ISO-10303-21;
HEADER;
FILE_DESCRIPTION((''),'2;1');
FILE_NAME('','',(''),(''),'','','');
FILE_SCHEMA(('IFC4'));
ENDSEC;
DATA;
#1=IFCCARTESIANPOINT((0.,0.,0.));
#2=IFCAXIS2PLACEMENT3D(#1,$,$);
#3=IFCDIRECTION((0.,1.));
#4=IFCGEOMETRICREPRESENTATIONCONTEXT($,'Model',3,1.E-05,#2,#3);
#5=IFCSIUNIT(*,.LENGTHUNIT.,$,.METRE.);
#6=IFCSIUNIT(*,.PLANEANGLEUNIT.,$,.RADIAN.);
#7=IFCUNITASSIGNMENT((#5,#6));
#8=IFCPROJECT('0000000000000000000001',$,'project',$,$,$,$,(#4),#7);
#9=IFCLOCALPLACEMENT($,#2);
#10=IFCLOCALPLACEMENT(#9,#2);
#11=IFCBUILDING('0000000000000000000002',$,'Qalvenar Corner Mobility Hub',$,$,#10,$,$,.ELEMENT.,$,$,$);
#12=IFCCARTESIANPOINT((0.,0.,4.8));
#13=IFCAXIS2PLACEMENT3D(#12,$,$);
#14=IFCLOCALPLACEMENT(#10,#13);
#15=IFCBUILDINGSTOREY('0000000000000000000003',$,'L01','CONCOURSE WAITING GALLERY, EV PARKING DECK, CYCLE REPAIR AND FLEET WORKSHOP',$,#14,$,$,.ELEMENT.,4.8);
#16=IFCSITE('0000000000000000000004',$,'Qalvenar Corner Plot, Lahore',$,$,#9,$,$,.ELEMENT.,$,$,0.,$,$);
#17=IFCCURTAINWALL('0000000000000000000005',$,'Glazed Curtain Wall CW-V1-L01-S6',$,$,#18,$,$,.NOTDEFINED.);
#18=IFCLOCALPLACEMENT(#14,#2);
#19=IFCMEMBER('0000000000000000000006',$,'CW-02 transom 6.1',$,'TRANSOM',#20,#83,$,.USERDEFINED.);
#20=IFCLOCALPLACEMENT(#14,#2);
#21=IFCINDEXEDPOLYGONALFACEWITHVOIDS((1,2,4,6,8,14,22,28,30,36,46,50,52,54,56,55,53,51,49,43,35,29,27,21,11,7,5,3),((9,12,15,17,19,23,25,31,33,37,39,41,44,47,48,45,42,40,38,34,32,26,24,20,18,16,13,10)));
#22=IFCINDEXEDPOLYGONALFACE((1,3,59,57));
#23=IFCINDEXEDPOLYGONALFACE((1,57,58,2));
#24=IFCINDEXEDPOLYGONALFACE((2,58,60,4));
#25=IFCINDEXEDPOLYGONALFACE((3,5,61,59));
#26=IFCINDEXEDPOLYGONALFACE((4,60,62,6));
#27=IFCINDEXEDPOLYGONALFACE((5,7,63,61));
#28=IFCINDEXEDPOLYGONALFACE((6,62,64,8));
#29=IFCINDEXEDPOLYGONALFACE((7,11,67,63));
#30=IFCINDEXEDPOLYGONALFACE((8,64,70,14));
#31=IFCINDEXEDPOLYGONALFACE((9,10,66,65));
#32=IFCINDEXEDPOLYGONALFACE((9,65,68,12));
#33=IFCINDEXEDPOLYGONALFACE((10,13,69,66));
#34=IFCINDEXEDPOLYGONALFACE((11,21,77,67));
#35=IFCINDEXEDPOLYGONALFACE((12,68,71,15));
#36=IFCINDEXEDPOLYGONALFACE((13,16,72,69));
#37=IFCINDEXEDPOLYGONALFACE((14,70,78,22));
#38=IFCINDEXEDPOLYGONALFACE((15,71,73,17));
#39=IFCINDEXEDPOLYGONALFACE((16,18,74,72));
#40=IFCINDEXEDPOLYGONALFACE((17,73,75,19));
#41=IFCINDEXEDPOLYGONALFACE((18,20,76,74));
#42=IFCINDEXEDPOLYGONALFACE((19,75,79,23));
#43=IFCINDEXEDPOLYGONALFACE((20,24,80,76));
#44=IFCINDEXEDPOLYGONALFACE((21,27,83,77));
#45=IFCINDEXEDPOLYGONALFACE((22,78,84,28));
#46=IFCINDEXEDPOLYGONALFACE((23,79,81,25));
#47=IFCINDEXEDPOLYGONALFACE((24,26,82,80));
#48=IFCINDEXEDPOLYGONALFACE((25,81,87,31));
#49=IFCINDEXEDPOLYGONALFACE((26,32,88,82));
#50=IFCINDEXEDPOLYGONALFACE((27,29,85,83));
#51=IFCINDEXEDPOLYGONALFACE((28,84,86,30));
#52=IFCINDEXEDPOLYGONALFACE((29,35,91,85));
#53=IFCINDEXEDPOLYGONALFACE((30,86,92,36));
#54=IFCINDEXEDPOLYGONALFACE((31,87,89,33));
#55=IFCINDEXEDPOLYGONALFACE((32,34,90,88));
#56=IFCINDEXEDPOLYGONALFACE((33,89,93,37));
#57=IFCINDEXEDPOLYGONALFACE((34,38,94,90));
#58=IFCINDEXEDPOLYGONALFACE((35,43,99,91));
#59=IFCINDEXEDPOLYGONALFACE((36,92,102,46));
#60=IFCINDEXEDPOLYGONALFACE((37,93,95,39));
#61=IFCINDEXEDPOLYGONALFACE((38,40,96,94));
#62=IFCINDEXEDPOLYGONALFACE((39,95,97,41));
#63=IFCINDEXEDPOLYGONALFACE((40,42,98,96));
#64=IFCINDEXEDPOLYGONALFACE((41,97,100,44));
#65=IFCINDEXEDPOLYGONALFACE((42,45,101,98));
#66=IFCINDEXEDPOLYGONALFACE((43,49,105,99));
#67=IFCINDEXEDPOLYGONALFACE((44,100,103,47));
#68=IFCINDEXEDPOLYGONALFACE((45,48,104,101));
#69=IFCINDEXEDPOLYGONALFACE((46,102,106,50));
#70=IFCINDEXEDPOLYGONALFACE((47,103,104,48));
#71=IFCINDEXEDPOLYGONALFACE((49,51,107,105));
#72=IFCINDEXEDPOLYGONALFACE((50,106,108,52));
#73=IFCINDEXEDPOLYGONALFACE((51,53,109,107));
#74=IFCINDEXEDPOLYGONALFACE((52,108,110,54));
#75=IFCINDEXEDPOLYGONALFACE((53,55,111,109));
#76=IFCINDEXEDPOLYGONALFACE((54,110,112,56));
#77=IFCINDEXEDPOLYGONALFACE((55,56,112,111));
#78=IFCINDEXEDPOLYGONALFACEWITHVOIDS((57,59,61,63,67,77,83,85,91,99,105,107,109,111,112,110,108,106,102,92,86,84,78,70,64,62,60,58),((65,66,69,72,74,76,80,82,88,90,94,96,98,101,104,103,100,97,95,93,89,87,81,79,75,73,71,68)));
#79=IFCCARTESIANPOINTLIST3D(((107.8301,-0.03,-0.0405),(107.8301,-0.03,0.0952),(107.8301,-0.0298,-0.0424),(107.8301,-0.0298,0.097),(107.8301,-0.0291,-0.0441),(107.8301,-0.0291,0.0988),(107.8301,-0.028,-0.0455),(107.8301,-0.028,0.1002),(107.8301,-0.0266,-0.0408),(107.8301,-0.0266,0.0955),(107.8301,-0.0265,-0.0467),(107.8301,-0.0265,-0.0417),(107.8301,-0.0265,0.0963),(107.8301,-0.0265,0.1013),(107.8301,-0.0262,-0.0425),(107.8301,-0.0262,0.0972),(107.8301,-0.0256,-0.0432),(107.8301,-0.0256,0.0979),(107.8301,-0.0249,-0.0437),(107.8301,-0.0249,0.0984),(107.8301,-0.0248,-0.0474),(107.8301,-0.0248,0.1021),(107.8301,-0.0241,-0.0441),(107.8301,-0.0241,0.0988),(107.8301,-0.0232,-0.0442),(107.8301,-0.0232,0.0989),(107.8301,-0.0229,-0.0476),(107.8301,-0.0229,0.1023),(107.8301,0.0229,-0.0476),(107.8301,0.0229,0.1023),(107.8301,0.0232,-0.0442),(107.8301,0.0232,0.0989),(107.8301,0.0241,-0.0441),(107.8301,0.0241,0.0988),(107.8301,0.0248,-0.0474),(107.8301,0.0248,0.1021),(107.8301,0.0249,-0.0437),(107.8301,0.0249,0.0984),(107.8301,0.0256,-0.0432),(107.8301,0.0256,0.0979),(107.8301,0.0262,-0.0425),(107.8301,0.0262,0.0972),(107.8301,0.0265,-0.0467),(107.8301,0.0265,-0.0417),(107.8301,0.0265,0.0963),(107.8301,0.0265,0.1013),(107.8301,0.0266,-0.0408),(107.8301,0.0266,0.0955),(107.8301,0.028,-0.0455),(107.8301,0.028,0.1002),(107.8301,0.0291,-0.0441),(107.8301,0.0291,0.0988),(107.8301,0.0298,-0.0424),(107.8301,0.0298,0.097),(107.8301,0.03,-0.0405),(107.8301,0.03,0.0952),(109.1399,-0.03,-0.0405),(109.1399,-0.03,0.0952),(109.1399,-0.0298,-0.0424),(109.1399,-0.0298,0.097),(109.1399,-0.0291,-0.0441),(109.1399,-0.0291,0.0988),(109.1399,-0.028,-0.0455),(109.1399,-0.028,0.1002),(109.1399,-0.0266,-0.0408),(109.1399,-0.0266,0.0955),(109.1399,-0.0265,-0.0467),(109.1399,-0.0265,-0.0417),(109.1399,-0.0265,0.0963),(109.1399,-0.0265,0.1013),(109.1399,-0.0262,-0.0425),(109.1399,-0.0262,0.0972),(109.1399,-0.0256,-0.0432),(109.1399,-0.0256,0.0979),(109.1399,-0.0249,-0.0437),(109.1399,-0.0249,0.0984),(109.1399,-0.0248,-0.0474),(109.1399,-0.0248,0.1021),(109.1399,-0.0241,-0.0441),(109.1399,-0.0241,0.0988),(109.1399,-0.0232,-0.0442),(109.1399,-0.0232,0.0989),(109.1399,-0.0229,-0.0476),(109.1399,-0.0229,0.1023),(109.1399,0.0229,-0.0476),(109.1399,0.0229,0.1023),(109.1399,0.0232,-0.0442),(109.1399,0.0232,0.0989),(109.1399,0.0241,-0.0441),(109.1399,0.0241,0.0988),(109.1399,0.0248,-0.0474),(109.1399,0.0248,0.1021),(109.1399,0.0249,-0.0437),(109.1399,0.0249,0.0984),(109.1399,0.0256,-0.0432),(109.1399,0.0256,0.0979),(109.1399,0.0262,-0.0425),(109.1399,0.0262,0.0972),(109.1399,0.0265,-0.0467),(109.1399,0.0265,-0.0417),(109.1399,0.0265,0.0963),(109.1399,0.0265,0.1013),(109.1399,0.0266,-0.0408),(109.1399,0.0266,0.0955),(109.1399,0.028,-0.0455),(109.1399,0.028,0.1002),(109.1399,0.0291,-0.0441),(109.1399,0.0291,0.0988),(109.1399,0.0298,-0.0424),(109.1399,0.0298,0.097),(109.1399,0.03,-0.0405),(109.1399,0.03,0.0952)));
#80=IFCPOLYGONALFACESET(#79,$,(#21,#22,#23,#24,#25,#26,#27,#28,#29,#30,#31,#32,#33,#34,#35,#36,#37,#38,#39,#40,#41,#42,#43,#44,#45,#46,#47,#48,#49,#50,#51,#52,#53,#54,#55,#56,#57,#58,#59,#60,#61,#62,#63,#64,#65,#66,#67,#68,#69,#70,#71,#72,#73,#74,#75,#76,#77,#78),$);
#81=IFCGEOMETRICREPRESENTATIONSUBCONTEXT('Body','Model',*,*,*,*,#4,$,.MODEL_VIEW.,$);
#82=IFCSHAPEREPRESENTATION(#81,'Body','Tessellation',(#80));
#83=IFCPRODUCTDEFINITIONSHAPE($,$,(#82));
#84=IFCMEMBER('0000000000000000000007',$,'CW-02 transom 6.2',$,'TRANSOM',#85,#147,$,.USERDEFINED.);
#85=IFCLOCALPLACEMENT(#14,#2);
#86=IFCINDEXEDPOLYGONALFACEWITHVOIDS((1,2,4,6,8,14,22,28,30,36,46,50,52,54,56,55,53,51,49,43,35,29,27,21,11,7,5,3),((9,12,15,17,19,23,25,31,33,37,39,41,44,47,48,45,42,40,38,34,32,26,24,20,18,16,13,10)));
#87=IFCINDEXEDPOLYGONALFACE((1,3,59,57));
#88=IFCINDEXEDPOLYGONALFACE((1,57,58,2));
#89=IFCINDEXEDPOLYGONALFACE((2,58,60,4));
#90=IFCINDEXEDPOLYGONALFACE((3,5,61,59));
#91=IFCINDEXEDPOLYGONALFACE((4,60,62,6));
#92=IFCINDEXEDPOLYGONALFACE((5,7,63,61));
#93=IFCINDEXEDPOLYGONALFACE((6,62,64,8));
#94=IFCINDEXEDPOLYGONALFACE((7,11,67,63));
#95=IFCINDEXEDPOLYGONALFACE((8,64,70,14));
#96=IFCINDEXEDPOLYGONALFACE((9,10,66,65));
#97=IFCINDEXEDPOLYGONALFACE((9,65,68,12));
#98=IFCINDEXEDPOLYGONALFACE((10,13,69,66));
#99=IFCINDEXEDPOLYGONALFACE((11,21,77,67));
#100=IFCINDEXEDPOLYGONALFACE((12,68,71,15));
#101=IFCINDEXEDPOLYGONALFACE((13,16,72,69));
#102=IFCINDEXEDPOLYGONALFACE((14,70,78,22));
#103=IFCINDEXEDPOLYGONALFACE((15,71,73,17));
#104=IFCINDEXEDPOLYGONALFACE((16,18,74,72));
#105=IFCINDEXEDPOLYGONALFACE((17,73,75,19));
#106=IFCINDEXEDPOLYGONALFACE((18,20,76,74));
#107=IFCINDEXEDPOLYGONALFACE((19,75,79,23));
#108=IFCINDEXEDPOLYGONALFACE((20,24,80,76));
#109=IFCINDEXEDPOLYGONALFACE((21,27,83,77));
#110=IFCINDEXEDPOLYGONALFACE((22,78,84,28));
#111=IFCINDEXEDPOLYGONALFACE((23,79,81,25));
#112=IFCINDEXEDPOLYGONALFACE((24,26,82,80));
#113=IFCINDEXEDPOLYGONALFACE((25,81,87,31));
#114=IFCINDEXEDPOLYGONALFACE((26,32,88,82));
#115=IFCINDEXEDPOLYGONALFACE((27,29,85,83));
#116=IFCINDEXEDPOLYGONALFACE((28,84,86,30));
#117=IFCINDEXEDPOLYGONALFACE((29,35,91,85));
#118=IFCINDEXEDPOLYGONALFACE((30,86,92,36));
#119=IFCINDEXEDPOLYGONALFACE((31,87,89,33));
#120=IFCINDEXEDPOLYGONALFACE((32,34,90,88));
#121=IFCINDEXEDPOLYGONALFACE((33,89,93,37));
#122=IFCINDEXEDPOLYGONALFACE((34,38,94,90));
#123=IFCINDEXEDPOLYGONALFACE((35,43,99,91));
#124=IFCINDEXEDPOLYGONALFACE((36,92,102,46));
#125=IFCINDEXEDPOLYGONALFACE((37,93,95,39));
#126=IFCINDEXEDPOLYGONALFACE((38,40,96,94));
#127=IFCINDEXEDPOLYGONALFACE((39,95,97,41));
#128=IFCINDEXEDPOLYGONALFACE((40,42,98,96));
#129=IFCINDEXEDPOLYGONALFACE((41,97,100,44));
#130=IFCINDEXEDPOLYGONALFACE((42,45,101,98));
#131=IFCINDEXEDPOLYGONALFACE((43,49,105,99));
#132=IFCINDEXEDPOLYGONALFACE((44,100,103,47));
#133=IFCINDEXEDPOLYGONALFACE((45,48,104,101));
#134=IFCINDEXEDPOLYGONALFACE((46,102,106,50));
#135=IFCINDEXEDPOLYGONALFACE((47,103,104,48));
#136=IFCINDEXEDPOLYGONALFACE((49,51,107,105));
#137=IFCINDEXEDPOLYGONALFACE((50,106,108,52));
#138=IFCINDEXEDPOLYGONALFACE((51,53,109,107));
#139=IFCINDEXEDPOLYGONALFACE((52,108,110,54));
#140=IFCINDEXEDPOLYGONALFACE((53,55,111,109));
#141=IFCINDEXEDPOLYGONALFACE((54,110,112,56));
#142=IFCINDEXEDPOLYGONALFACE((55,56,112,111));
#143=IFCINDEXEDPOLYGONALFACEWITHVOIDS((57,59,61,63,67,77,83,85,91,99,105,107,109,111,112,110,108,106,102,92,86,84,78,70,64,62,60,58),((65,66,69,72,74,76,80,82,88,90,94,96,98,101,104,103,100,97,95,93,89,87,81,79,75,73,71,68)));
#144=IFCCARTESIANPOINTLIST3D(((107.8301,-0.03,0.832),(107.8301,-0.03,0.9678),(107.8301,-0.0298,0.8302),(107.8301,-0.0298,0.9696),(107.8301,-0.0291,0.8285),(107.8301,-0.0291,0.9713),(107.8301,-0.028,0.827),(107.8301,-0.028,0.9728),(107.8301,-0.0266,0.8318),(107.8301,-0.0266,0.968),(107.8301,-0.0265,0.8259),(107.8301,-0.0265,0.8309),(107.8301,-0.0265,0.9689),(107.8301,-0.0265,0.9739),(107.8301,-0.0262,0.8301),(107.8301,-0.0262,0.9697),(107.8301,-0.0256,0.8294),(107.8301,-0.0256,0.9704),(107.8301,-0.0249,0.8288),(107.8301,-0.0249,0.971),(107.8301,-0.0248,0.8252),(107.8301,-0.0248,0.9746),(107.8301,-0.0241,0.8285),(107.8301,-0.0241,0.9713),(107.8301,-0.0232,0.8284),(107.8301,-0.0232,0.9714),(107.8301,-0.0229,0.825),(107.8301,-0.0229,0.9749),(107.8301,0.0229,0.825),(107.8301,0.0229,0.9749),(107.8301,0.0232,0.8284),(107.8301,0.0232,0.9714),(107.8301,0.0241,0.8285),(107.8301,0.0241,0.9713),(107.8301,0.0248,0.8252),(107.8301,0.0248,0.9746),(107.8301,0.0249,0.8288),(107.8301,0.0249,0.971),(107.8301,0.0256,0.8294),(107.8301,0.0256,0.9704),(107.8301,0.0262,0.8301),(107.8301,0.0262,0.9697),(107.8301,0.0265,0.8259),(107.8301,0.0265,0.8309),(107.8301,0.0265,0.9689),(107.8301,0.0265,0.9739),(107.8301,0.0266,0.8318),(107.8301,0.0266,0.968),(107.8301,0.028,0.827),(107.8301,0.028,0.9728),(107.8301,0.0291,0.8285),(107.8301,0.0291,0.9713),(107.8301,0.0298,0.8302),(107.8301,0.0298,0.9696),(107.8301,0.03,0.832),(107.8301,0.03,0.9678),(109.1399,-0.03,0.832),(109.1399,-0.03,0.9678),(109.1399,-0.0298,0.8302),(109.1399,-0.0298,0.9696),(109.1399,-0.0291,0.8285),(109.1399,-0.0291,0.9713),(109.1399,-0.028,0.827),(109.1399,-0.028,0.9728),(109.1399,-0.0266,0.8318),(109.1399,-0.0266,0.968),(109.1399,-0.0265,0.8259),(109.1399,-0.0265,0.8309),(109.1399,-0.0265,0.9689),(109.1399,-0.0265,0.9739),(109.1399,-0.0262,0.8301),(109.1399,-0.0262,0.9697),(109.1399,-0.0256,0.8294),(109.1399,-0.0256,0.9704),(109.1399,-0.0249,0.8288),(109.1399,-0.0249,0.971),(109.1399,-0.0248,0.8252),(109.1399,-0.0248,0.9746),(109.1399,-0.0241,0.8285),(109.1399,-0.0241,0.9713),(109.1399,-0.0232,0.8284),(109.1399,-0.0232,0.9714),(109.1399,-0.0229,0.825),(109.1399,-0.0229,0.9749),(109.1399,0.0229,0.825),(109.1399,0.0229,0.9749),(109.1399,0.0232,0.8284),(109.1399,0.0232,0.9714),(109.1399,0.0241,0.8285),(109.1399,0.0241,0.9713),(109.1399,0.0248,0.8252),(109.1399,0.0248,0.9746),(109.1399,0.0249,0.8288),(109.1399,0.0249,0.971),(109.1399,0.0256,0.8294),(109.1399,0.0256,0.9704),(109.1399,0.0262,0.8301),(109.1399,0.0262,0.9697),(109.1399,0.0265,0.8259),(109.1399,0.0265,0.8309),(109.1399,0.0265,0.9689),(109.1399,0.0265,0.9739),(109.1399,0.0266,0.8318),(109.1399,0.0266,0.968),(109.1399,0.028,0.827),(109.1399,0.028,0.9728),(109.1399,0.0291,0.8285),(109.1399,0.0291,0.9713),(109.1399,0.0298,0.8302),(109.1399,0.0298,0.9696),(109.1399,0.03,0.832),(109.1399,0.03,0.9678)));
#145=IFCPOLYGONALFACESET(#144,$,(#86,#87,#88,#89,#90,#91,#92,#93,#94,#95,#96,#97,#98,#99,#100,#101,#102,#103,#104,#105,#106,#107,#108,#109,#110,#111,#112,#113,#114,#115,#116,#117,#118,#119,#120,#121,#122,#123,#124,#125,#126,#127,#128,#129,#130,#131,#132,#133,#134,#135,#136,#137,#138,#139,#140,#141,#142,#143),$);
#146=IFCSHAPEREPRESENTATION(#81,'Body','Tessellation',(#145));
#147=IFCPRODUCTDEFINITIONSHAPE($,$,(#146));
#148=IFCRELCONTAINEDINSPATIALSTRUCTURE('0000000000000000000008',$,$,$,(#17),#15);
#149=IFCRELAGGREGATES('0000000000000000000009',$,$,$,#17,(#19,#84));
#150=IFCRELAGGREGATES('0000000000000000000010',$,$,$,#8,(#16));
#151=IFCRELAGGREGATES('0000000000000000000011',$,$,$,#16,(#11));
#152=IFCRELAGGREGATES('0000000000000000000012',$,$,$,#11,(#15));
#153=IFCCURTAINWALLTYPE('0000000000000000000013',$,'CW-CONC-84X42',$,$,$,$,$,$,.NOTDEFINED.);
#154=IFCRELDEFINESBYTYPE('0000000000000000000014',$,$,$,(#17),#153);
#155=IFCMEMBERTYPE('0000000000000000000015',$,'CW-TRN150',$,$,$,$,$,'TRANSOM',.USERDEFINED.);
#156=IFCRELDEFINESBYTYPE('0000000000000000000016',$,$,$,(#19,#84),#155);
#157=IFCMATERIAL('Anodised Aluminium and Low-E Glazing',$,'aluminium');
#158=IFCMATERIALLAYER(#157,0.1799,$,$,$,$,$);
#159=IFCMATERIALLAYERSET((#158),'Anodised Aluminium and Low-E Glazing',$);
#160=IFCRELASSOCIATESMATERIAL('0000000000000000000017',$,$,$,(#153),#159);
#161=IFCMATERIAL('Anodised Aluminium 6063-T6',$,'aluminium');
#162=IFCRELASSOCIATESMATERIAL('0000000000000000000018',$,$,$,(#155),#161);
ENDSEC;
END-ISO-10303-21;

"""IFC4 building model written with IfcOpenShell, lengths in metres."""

from ifc_helpers import new_model, si_unit, direction, frame, origin, origin_2d, place, context, subcontext, project, spatial, hollow_rectangle, extrude, material, layer, layer_set, material_profile, profile_set, type_object, element, aggregate, save


model = new_model("IFC4")

# Units and contexts
model_context = context("Model", 3, precision=1e-05, world=origin(), true_north=direction((0.0, 1.0)))
body_context = subcontext(model_context, "Body", "Model", "MODEL_VIEW")
ifc_project = project(units=[si_unit("LENGTHUNIT", "METRE"), si_unit("PLANEANGLEUNIT", "RADIAN")], contexts=[model_context])

# Site, building, storey
site_placement = place(None, origin())
site = spatial("IfcSite", under=ifc_project, at=site_placement, Name="Qalvenar Corner Plot, Lahore", CompositionType="ELEMENT", RefElevation=0.0)
building_placement = place(site_placement, origin())
building = spatial("IfcBuilding", under=site, at=building_placement, Name="Qalvenar Corner Mobility Hub", CompositionType="ELEMENT")
storey_placement = place(building_placement, frame((0.0, 0.0, 4.8)))
storey = spatial("IfcBuildingStorey", under=building, at=storey_placement, Name="L01", Description="CONCOURSE WAITING GALLERY, EV PARKING DECK, CYCLE REPAIR AND FLEET WORKSHOP", CompositionType="ELEMENT", Elevation=4.8)

# Curtain wall, members
ifc_material_1 = material(Name="Anodised Aluminium and Low-E Glazing", Category="aluminium")
ifc_layer_1 = layer(ifc_material_1, 0.1799)
ifc_layer_set_1 = layer_set([ifc_layer_1], Name="Anodised Aluminium and Low-E Glazing")
curtain_wall_type = type_object("IfcCurtainWallType", Name="CW-CONC-84X42", PredefinedType="NOTDEFINED", material=ifc_layer_set_1)
curtain_wall_placement = place(storey_placement, origin())
curtain_wall = element("IfcCurtainWall", 1, at=curtain_wall_placement, inside=storey, type_object=curtain_wall_type, Name="Glazed Curtain Wall CW-V1-L01-S6", PredefinedType="NOTDEFINED")
ifc_material_2 = material(Name="Anodised Aluminium 6063-T6", Category="aluminium")
ifc_material_profile_1 = material_profile(ifc_material_2, hollow_rectangle(XDim=0.0601, YDim=0.1499, WallThickness=0.0034, InnerFilletRadius=0.0034, OuterFilletRadius=0.0071, at=origin_2d()), Name="RHS150x60x3.5")
ifc_profile_set_1 = profile_set([ifc_material_profile_1], Name="Anodised Aluminium 6063-T6")
member_type_1 = type_object("IfcMemberType", Name="CW-TRN150", ElementType="TRANSOM", PredefinedType="USERDEFINED", material=ifc_profile_set_1)
member_1_placement = place(storey_placement, frame((107.8301, 0.0, 0.0273), z_axis=(1.0, 0.0, 0.0), x_axis=(0.0, 1.0, 0.0)))
member_1 = element("IfcMember", 2, at=member_1_placement, type_object=member_type_1, Name="CW-02 transom 6.1", ObjectType="TRANSOM", PredefinedType="USERDEFINED", context=body_context, shape_type="SweptSolid", body=[
    extrude(hollow_rectangle(XDim=0.0601, YDim=0.1499, WallThickness=0.0034, InnerFilletRadius=0.0034, OuterFilletRadius=0.0071, at=origin_2d()), origin(), (0.0, 0.0, 1.0), 1.3098),
])
member_2_placement = place(storey_placement, frame((107.8301, 0.0, 0.8999), z_axis=(1.0, 0.0, 0.0), x_axis=(0.0, 1.0, 0.0)))
member_2 = element("IfcMember", 3, at=member_2_placement, type_object=member_type_1, Name="CW-02 transom 6.2", ObjectType="TRANSOM", PredefinedType="USERDEFINED", context=body_context, shape_type="SweptSolid", body=[
    extrude(hollow_rectangle(XDim=0.0601, YDim=0.1499, WallThickness=0.0034, InnerFilletRadius=0.0034, OuterFilletRadius=0.0071, at=origin_2d()), origin(), (0.0, 0.0, 1.0), 1.3098),
])
aggregate(curtain_wall, [member_1, member_2])

save(model, "model.ifc")
